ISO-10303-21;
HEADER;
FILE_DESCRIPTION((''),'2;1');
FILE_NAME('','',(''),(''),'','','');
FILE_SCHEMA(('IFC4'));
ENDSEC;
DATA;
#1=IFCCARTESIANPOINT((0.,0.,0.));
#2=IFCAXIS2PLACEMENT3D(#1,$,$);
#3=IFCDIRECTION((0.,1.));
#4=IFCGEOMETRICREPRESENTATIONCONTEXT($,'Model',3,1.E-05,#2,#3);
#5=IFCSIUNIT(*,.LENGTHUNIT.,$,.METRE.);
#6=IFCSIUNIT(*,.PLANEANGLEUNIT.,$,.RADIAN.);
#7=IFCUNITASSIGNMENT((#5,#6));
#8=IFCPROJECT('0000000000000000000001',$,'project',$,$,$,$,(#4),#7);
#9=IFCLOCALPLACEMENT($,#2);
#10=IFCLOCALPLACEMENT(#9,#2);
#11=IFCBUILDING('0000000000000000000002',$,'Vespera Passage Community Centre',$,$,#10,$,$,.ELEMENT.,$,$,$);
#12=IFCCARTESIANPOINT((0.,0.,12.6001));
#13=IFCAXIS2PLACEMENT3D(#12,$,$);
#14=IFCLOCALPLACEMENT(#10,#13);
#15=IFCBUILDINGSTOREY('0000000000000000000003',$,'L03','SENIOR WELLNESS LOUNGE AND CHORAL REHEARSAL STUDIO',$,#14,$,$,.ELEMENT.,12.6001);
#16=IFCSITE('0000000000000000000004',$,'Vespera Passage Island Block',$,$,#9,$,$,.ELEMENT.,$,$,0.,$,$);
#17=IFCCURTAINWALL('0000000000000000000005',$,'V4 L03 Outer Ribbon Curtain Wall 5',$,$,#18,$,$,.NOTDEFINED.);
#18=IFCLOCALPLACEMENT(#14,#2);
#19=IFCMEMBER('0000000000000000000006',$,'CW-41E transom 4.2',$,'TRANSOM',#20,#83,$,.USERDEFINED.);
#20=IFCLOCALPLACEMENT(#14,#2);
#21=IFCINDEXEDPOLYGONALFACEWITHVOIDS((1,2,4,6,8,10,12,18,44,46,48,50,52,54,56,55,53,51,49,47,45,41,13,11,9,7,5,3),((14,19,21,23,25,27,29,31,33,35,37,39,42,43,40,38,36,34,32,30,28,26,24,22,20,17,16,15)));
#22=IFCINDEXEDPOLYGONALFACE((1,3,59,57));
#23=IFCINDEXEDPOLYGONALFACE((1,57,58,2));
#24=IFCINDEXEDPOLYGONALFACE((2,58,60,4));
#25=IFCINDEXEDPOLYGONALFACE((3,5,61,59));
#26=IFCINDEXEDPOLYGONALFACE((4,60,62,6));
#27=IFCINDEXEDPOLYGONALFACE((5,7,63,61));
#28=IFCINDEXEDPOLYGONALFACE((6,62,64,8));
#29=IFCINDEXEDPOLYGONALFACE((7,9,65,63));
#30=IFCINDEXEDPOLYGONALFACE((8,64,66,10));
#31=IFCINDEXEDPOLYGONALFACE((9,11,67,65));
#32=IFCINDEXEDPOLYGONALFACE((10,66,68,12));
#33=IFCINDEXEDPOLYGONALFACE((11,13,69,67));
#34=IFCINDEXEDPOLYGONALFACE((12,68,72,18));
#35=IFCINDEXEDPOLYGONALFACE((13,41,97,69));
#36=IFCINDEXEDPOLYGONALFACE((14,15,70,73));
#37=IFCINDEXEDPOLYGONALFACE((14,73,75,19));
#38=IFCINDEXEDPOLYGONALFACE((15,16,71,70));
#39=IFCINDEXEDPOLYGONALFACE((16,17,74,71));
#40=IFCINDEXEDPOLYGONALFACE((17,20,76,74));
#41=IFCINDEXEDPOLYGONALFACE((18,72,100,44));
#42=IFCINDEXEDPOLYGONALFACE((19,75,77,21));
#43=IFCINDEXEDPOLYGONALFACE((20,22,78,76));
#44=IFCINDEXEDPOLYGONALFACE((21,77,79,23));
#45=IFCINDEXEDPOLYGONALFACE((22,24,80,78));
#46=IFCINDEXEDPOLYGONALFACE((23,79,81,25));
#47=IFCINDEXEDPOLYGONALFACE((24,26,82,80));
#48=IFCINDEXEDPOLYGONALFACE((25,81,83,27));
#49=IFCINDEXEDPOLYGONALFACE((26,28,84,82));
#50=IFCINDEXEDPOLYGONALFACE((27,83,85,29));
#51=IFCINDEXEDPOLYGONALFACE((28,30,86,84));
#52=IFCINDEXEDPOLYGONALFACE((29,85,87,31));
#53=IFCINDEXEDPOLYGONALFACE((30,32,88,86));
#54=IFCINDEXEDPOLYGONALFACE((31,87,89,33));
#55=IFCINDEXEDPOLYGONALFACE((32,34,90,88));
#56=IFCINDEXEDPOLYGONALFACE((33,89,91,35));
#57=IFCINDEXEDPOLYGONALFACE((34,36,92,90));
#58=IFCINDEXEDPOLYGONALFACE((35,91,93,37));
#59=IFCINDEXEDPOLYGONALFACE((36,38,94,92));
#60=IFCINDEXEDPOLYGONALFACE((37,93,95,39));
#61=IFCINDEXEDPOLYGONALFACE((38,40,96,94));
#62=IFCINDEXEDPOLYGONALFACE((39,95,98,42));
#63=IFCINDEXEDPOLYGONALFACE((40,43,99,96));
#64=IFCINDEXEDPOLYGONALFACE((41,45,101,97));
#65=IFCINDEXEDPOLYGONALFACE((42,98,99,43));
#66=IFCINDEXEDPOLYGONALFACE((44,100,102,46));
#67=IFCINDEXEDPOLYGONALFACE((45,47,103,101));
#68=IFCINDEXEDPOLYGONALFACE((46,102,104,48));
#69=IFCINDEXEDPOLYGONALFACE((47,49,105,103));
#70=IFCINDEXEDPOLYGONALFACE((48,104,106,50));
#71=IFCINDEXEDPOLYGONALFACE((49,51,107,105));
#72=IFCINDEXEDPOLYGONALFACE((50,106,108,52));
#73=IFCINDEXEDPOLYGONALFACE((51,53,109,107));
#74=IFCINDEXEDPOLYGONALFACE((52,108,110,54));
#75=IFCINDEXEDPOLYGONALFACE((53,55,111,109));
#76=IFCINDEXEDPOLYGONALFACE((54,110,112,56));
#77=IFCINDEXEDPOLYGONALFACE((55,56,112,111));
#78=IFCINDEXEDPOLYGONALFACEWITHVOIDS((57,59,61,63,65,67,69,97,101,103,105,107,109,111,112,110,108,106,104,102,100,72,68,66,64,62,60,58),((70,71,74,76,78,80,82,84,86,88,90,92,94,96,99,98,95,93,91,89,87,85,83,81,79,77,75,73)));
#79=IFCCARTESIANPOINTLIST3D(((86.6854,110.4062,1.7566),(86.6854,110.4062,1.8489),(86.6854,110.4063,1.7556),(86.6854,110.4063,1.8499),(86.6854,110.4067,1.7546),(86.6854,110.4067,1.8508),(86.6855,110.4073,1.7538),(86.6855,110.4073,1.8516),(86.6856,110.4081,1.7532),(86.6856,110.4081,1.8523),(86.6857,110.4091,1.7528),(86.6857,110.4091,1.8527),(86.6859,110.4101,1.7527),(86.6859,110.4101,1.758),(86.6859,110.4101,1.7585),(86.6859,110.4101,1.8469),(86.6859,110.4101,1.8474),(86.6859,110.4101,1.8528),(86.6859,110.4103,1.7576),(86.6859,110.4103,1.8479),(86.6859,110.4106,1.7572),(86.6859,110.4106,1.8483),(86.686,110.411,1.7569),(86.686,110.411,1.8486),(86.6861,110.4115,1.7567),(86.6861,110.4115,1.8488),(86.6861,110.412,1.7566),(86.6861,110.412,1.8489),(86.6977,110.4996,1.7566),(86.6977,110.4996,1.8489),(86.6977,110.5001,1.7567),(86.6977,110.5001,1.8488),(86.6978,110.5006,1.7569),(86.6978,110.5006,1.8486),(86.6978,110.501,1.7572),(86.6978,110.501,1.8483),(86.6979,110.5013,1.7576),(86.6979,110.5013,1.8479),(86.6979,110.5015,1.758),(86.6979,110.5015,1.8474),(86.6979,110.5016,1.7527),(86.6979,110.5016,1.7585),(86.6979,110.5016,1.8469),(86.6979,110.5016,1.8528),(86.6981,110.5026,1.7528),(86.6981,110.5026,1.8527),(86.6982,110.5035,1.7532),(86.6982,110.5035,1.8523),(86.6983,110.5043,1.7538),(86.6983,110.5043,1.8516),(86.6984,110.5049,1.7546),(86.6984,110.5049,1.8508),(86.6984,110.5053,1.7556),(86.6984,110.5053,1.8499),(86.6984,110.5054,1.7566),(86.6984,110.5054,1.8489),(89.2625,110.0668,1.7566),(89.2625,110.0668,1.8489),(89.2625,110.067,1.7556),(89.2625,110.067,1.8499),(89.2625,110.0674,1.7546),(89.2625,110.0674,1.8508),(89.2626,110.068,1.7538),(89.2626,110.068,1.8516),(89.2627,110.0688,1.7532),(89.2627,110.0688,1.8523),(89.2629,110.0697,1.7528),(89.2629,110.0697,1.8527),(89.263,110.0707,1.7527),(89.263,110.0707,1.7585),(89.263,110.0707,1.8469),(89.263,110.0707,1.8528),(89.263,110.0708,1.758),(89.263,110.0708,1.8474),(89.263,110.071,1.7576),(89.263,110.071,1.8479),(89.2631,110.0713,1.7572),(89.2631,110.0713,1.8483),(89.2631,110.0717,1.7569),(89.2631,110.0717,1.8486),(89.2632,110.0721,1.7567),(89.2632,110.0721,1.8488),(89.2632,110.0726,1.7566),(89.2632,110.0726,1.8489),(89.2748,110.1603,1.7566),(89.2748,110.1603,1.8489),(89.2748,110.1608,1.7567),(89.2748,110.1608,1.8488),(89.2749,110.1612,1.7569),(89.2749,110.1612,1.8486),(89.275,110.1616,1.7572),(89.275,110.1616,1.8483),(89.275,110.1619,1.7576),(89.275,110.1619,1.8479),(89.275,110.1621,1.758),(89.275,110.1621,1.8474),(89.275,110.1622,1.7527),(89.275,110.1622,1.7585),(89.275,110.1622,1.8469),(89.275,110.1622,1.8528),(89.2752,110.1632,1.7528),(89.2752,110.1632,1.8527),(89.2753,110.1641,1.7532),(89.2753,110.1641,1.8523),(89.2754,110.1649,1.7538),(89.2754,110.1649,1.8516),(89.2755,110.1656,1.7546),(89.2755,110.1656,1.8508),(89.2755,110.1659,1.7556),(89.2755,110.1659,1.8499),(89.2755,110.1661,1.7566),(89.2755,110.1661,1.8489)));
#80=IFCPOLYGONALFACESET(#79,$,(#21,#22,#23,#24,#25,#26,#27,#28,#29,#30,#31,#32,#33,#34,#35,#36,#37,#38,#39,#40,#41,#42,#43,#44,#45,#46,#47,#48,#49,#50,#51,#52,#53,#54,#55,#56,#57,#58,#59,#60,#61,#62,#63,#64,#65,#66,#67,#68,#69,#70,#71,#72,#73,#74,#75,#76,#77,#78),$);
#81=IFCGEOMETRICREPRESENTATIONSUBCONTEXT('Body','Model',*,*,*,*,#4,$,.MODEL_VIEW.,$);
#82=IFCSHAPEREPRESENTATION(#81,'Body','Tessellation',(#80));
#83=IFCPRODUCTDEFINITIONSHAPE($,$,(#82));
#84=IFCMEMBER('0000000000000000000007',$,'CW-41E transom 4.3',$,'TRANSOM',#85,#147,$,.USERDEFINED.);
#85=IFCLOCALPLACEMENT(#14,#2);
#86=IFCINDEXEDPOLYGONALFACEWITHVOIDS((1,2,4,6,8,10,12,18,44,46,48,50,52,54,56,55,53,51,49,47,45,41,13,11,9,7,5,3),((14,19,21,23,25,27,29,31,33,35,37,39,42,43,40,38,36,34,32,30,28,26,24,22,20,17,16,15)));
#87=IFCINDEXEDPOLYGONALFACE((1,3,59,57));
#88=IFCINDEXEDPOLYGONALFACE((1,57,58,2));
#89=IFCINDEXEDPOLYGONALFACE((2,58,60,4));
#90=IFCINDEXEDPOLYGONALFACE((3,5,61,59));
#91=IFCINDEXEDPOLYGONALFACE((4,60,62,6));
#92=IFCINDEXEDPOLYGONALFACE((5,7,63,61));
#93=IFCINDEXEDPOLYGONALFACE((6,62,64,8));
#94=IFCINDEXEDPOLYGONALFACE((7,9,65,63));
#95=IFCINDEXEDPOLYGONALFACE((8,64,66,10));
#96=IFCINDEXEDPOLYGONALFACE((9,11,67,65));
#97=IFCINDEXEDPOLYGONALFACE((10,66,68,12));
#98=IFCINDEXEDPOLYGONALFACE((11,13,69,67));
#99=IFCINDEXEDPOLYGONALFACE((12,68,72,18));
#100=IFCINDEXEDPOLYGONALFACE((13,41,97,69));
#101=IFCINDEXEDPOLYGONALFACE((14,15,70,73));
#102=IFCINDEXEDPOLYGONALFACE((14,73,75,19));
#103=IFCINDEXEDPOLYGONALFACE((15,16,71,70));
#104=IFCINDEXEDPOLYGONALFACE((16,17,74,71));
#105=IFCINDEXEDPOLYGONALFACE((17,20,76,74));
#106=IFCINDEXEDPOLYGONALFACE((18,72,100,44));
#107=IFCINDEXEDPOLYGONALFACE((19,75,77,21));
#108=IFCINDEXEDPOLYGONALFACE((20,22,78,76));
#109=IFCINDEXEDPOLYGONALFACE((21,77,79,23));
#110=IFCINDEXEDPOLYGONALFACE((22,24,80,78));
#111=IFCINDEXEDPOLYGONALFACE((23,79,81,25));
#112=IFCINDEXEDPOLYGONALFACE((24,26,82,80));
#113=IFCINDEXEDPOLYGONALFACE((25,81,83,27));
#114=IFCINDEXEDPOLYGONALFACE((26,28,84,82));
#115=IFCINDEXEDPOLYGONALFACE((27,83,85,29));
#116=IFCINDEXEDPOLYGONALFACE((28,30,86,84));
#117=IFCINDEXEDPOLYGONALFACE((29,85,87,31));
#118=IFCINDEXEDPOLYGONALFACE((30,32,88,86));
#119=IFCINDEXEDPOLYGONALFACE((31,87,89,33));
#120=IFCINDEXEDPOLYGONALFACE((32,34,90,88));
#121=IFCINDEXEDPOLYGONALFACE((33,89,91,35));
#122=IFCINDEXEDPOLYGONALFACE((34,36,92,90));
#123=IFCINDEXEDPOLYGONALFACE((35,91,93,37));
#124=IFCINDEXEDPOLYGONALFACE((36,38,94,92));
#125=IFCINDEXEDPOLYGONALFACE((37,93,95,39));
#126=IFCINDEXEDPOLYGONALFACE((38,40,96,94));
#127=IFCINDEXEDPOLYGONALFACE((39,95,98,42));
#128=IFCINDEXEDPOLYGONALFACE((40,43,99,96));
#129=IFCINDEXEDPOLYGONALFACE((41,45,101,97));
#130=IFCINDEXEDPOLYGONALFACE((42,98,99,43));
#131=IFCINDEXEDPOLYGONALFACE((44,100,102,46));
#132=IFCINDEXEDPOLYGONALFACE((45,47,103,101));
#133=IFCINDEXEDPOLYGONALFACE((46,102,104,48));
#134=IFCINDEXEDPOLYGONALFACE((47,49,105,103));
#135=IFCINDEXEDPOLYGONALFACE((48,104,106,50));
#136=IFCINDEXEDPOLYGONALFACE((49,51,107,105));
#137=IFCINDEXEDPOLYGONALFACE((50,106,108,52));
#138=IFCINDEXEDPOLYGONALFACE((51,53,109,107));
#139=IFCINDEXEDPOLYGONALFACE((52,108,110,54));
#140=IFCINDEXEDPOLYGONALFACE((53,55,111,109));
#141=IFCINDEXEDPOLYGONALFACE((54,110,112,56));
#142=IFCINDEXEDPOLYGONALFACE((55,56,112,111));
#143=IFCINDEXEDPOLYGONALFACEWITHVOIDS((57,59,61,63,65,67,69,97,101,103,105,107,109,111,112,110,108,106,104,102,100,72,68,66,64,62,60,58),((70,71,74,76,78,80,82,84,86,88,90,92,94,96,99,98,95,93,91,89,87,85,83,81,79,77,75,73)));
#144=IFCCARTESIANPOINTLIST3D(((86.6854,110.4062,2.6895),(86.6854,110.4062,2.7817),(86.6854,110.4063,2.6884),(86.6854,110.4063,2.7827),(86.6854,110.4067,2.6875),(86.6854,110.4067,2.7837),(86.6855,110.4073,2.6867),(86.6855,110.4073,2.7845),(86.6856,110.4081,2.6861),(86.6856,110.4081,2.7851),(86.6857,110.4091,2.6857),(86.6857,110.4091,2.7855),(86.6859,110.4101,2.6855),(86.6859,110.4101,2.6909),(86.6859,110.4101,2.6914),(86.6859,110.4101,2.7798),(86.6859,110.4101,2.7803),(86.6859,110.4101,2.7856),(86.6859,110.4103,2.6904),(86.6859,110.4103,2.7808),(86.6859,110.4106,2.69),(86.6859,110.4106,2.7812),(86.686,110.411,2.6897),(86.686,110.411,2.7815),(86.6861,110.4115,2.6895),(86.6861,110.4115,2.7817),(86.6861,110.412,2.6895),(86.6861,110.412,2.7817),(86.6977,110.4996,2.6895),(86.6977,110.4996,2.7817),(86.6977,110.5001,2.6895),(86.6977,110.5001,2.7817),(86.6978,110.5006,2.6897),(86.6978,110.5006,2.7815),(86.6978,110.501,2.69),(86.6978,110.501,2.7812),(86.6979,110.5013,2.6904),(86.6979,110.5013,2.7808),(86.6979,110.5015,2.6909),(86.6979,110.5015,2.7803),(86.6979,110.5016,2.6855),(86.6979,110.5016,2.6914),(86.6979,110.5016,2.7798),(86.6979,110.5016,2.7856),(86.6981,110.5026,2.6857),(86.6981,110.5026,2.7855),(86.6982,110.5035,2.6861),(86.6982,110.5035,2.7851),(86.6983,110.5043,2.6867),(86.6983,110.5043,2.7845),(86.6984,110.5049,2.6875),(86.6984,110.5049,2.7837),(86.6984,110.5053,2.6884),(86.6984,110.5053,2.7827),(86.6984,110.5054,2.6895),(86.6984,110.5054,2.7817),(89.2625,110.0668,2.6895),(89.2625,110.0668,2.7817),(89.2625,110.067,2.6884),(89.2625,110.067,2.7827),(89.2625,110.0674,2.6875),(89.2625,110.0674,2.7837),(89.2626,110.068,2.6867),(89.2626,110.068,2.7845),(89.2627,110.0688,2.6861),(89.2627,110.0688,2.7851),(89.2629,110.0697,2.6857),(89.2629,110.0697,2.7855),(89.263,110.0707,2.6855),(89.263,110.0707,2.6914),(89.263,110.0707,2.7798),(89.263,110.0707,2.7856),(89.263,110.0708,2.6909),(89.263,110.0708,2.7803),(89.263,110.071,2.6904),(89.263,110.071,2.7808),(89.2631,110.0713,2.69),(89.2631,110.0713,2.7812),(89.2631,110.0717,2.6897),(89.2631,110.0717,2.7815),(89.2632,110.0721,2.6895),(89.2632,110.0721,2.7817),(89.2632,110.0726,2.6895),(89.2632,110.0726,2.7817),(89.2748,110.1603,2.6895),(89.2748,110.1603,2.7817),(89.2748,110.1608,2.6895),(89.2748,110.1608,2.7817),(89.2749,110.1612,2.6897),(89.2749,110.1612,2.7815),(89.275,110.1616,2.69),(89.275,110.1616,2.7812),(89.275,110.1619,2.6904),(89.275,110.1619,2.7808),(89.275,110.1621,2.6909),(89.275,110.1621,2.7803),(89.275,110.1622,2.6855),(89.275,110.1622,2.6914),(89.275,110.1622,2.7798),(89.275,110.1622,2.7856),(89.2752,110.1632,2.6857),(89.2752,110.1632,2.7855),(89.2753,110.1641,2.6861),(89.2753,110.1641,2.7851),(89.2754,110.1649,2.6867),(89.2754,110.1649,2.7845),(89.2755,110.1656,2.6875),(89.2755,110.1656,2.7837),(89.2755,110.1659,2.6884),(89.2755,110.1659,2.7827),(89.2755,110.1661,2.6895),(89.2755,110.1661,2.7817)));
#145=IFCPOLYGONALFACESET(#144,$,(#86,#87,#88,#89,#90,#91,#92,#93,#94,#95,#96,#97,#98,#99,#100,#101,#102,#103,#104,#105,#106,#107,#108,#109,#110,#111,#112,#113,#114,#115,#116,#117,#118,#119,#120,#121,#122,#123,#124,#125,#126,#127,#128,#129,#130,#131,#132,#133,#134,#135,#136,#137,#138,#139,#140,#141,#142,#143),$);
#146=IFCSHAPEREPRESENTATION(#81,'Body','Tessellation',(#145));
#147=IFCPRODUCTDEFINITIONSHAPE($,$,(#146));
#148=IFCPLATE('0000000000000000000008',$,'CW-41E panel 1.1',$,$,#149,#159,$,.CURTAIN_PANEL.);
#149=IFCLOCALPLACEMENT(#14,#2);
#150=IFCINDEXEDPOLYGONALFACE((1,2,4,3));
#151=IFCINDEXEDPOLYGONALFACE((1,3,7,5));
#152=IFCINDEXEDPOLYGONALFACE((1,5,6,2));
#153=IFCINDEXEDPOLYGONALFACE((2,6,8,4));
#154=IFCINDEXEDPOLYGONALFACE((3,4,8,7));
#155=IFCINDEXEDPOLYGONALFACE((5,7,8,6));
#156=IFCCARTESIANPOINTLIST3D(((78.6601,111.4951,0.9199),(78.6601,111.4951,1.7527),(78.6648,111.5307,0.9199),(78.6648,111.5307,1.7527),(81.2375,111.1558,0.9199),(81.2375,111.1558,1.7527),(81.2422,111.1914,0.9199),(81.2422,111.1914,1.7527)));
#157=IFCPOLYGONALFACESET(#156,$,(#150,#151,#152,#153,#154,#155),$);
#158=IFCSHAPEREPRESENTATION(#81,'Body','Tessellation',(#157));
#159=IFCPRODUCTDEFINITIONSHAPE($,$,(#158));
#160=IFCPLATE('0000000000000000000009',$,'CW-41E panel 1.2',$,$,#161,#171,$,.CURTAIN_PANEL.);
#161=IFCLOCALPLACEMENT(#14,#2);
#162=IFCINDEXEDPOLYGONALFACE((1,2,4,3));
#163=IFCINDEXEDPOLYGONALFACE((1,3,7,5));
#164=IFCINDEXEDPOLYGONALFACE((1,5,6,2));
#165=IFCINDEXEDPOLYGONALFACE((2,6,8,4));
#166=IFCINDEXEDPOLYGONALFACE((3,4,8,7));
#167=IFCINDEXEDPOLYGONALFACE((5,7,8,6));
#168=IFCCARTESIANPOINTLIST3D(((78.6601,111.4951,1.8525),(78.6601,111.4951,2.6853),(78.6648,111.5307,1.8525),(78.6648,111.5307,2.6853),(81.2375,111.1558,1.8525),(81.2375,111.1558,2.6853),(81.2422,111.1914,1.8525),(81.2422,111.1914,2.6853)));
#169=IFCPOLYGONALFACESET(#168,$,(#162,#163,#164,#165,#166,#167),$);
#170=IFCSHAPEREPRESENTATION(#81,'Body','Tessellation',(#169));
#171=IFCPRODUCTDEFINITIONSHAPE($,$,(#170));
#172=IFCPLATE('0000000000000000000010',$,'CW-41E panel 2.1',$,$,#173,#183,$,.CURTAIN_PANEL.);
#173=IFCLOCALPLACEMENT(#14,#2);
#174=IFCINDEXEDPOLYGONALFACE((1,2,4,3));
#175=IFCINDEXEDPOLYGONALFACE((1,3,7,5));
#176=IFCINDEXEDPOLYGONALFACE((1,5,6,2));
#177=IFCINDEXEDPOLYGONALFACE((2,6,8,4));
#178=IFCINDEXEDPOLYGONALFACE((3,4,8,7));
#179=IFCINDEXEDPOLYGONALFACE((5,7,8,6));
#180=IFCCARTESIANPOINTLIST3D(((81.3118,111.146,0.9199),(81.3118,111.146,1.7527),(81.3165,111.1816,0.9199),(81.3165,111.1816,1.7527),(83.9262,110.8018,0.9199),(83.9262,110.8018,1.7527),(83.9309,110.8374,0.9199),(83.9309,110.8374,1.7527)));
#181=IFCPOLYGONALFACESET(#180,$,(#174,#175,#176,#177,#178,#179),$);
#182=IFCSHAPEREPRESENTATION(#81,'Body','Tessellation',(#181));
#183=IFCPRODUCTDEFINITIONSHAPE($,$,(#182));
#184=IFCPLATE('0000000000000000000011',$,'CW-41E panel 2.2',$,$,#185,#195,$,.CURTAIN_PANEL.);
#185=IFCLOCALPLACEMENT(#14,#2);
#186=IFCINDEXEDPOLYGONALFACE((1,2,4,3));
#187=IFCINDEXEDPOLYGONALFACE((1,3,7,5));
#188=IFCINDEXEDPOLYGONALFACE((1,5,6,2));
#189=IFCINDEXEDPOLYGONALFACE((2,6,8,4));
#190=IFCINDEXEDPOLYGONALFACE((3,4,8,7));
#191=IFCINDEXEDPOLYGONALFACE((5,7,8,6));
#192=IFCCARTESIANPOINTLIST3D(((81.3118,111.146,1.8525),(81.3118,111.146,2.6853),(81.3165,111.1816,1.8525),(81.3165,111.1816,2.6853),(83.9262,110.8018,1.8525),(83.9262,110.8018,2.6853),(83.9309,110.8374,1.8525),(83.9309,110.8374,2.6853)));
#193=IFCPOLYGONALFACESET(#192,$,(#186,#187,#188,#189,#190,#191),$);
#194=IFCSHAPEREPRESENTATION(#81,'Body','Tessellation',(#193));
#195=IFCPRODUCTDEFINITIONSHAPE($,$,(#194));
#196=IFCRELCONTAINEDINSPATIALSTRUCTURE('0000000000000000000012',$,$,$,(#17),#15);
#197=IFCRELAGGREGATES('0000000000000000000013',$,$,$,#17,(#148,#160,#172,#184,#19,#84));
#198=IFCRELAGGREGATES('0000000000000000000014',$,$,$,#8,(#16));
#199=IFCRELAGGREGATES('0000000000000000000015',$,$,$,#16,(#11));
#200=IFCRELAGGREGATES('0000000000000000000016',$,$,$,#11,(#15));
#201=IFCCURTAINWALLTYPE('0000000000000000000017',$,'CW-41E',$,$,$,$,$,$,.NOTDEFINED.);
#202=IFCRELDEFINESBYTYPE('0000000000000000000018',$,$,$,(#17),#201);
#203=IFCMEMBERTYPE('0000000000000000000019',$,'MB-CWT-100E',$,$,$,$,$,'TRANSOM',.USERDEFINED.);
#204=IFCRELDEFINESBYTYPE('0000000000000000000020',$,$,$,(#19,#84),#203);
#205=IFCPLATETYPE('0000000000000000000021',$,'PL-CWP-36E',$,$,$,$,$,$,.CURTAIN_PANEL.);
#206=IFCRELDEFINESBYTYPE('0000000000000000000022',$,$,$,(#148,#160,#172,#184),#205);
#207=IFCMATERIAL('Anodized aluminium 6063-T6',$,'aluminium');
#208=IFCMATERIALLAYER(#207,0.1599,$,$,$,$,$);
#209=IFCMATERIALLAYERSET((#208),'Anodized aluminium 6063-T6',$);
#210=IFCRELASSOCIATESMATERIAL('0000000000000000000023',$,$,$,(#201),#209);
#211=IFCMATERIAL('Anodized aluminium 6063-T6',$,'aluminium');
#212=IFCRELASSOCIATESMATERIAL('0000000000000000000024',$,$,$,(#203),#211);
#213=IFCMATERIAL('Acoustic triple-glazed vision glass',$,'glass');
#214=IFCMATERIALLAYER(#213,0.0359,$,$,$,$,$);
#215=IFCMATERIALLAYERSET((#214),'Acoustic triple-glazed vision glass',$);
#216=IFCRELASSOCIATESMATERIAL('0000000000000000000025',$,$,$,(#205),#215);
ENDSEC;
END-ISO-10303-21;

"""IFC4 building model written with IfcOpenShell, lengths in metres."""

from ifc_helpers import new_model, si_unit, direction, frame, origin, origin_2d, place, context, subcontext, project, spatial, rectangle, hollow_rectangle, extrude, material, layer, layer_set, material_profile, profile_set, type_object, element, aggregate, save


model = new_model("IFC4")

# Units and contexts
model_context = context("Model", 3, precision=1e-05, world=origin(), true_north=direction((0.0, 1.0)))
body_context = subcontext(model_context, "Body", "Model", "MODEL_VIEW")
ifc_project = project(units=[si_unit("LENGTHUNIT", "METRE"), si_unit("PLANEANGLEUNIT", "RADIAN")], contexts=[model_context])

# Site, building, storey
site_placement = place(None, origin())
site = spatial("IfcSite", under=ifc_project, at=site_placement, Name="Vespera Passage Island Block", CompositionType="ELEMENT", RefElevation=0.0)
building_placement = place(site_placement, origin())
building = spatial("IfcBuilding", under=site, at=building_placement, Name="Vespera Passage Community Centre", CompositionType="ELEMENT")
storey_placement = place(building_placement, frame((0.0, 0.0, 12.6001)))
storey = spatial("IfcBuildingStorey", under=building, at=storey_placement, Name="L03", Description="SENIOR WELLNESS LOUNGE AND CHORAL REHEARSAL STUDIO", CompositionType="ELEMENT", Elevation=12.6001)

# Curtain wall, members, plates
ifc_material_1 = material(Name="Anodized aluminium 6063-T6", Category="aluminium")
ifc_layer_1 = layer(ifc_material_1, 0.1599)
ifc_layer_set_1 = layer_set([ifc_layer_1], Name="Anodized aluminium 6063-T6")
curtain_wall_type = type_object("IfcCurtainWallType", Name="CW-41E", PredefinedType="NOTDEFINED", material=ifc_layer_set_1)
curtain_wall_placement = place(storey_placement, origin())
curtain_wall = element("IfcCurtainWall", 1, at=curtain_wall_placement, inside=storey, type_object=curtain_wall_type, Name="V4 L03 Outer Ribbon Curtain Wall 5", PredefinedType="NOTDEFINED")
ifc_material_2 = material(Name="Anodized aluminium 6063-T6", Category="aluminium")
ifc_material_profile_1 = material_profile(ifc_material_2, hollow_rectangle(XDim=0.1001, YDim=0.1001, WallThickness=0.0039, InnerFilletRadius=0.002, OuterFilletRadius=0.0039, at=origin_2d()), Name="ALU100X100X4")
ifc_profile_set_1 = profile_set([ifc_material_profile_1], Name="Anodized aluminium 6063-T6")
member_type_1 = type_object("IfcMemberType", Name="MB-CWT-100E", ElementType="TRANSOM", PredefinedType="USERDEFINED", material=ifc_profile_set_1)
member_1_placement = place(storey_placement, frame((86.6919, 110.4558, 1.8027), z_axis=(0.991442, -0.130552, 0.0), x_axis=(0.130552, 0.991442, 0.0)))
member_1 = element("IfcMember", 2, at=member_1_placement, type_object=member_type_1, Name="CW-41E transom 4.2", ObjectType="TRANSOM", PredefinedType="USERDEFINED", context=body_context, shape_type="SweptSolid", body=[
    extrude(hollow_rectangle(XDim=0.1001, YDim=0.1001, WallThickness=0.0039, InnerFilletRadius=0.002, OuterFilletRadius=0.0039, at=origin_2d()), origin(), (0.0, 0.0, 1.0), 2.5994),
])
member_2_placement = place(storey_placement, frame((86.6919, 110.4558, 2.7356), z_axis=(0.991442, -0.130552, 0.0), x_axis=(0.130552, 0.991442, 0.0)))
member_2 = element("IfcMember", 3, at=member_2_placement, type_object=member_type_1, Name="CW-41E transom 4.3", ObjectType="TRANSOM", PredefinedType="USERDEFINED", context=body_context, shape_type="SweptSolid", body=[
    extrude(hollow_rectangle(XDim=0.1001, YDim=0.1001, WallThickness=0.0039, InnerFilletRadius=0.002, OuterFilletRadius=0.0039, at=origin_2d()), origin(), (0.0, 0.0, 1.0), 2.5994),
])
ifc_material_3 = material(Name="Acoustic triple-glazed vision glass", Category="glass")
ifc_layer_2 = layer(ifc_material_3, 0.0359)
ifc_layer_set_2 = layer_set([ifc_layer_2], Name="Acoustic triple-glazed vision glass")
plate_type = type_object("IfcPlateType", Name="PL-CWP-36E", PredefinedType="CURTAIN_PANEL", material=ifc_layer_set_2)
plate_1_placement = place(storey_placement, frame((79.9512, 111.3433, 0.9199), z_axis=(0.0, 0.0, 1.0), x_axis=(0.991444, -0.130531, 0.0)))
plate_1 = element("IfcPlate", 4, at=plate_1_placement, type_object=plate_type, Name="CW-41E panel 1.1", PredefinedType="CURTAIN_PANEL", context=body_context, shape_type="SweptSolid", body=[
    extrude(rectangle(XDim=2.5996, YDim=0.0359, at=origin_2d()), origin(), (0.0, 0.0, 1.0), 0.8328),
])
plate_2_placement = place(storey_placement, frame((79.9512, 111.3433, 1.8525), z_axis=(0.0, 0.0, 1.0), x_axis=(0.991444, -0.130531, 0.0)))
plate_2 = element("IfcPlate", 5, at=plate_2_placement, type_object=plate_type, Name="CW-41E panel 1.2", PredefinedType="CURTAIN_PANEL", context=body_context, shape_type="SweptSolid", body=[
    extrude(rectangle(XDim=2.5996, YDim=0.0359, at=origin_2d()), origin(), (0.0, 0.0, 1.0), 0.8328),
])
plate_3_placement = place(storey_placement, frame((82.6213, 110.9917, 0.9199), z_axis=(0.0, 0.0, 1.0), x_axis=(0.991444, -0.130531, 0.0)))
plate_3 = element("IfcPlate", 6, at=plate_3_placement, type_object=plate_type, Name="CW-41E panel 2.1", PredefinedType="CURTAIN_PANEL", context=body_context, shape_type="SweptSolid", body=[
    extrude(rectangle(XDim=2.637, YDim=0.0359, at=origin_2d()), origin(), (0.0, 0.0, 1.0), 0.8328),
])
plate_4_placement = place(storey_placement, frame((82.6213, 110.9917, 1.8525), z_axis=(0.0, 0.0, 1.0), x_axis=(0.991444, -0.130531, 0.0)))
plate_4 = element("IfcPlate", 7, at=plate_4_placement, type_object=plate_type, Name="CW-41E panel 2.2", PredefinedType="CURTAIN_PANEL", context=body_context, shape_type="SweptSolid", body=[
    extrude(rectangle(XDim=2.637, YDim=0.0359, at=origin_2d()), origin(), (0.0, 0.0, 1.0), 0.8328),
])
aggregate(curtain_wall, [plate_1, plate_2, plate_3, plate_4, member_1, member_2])

save(model, "model.ifc")
